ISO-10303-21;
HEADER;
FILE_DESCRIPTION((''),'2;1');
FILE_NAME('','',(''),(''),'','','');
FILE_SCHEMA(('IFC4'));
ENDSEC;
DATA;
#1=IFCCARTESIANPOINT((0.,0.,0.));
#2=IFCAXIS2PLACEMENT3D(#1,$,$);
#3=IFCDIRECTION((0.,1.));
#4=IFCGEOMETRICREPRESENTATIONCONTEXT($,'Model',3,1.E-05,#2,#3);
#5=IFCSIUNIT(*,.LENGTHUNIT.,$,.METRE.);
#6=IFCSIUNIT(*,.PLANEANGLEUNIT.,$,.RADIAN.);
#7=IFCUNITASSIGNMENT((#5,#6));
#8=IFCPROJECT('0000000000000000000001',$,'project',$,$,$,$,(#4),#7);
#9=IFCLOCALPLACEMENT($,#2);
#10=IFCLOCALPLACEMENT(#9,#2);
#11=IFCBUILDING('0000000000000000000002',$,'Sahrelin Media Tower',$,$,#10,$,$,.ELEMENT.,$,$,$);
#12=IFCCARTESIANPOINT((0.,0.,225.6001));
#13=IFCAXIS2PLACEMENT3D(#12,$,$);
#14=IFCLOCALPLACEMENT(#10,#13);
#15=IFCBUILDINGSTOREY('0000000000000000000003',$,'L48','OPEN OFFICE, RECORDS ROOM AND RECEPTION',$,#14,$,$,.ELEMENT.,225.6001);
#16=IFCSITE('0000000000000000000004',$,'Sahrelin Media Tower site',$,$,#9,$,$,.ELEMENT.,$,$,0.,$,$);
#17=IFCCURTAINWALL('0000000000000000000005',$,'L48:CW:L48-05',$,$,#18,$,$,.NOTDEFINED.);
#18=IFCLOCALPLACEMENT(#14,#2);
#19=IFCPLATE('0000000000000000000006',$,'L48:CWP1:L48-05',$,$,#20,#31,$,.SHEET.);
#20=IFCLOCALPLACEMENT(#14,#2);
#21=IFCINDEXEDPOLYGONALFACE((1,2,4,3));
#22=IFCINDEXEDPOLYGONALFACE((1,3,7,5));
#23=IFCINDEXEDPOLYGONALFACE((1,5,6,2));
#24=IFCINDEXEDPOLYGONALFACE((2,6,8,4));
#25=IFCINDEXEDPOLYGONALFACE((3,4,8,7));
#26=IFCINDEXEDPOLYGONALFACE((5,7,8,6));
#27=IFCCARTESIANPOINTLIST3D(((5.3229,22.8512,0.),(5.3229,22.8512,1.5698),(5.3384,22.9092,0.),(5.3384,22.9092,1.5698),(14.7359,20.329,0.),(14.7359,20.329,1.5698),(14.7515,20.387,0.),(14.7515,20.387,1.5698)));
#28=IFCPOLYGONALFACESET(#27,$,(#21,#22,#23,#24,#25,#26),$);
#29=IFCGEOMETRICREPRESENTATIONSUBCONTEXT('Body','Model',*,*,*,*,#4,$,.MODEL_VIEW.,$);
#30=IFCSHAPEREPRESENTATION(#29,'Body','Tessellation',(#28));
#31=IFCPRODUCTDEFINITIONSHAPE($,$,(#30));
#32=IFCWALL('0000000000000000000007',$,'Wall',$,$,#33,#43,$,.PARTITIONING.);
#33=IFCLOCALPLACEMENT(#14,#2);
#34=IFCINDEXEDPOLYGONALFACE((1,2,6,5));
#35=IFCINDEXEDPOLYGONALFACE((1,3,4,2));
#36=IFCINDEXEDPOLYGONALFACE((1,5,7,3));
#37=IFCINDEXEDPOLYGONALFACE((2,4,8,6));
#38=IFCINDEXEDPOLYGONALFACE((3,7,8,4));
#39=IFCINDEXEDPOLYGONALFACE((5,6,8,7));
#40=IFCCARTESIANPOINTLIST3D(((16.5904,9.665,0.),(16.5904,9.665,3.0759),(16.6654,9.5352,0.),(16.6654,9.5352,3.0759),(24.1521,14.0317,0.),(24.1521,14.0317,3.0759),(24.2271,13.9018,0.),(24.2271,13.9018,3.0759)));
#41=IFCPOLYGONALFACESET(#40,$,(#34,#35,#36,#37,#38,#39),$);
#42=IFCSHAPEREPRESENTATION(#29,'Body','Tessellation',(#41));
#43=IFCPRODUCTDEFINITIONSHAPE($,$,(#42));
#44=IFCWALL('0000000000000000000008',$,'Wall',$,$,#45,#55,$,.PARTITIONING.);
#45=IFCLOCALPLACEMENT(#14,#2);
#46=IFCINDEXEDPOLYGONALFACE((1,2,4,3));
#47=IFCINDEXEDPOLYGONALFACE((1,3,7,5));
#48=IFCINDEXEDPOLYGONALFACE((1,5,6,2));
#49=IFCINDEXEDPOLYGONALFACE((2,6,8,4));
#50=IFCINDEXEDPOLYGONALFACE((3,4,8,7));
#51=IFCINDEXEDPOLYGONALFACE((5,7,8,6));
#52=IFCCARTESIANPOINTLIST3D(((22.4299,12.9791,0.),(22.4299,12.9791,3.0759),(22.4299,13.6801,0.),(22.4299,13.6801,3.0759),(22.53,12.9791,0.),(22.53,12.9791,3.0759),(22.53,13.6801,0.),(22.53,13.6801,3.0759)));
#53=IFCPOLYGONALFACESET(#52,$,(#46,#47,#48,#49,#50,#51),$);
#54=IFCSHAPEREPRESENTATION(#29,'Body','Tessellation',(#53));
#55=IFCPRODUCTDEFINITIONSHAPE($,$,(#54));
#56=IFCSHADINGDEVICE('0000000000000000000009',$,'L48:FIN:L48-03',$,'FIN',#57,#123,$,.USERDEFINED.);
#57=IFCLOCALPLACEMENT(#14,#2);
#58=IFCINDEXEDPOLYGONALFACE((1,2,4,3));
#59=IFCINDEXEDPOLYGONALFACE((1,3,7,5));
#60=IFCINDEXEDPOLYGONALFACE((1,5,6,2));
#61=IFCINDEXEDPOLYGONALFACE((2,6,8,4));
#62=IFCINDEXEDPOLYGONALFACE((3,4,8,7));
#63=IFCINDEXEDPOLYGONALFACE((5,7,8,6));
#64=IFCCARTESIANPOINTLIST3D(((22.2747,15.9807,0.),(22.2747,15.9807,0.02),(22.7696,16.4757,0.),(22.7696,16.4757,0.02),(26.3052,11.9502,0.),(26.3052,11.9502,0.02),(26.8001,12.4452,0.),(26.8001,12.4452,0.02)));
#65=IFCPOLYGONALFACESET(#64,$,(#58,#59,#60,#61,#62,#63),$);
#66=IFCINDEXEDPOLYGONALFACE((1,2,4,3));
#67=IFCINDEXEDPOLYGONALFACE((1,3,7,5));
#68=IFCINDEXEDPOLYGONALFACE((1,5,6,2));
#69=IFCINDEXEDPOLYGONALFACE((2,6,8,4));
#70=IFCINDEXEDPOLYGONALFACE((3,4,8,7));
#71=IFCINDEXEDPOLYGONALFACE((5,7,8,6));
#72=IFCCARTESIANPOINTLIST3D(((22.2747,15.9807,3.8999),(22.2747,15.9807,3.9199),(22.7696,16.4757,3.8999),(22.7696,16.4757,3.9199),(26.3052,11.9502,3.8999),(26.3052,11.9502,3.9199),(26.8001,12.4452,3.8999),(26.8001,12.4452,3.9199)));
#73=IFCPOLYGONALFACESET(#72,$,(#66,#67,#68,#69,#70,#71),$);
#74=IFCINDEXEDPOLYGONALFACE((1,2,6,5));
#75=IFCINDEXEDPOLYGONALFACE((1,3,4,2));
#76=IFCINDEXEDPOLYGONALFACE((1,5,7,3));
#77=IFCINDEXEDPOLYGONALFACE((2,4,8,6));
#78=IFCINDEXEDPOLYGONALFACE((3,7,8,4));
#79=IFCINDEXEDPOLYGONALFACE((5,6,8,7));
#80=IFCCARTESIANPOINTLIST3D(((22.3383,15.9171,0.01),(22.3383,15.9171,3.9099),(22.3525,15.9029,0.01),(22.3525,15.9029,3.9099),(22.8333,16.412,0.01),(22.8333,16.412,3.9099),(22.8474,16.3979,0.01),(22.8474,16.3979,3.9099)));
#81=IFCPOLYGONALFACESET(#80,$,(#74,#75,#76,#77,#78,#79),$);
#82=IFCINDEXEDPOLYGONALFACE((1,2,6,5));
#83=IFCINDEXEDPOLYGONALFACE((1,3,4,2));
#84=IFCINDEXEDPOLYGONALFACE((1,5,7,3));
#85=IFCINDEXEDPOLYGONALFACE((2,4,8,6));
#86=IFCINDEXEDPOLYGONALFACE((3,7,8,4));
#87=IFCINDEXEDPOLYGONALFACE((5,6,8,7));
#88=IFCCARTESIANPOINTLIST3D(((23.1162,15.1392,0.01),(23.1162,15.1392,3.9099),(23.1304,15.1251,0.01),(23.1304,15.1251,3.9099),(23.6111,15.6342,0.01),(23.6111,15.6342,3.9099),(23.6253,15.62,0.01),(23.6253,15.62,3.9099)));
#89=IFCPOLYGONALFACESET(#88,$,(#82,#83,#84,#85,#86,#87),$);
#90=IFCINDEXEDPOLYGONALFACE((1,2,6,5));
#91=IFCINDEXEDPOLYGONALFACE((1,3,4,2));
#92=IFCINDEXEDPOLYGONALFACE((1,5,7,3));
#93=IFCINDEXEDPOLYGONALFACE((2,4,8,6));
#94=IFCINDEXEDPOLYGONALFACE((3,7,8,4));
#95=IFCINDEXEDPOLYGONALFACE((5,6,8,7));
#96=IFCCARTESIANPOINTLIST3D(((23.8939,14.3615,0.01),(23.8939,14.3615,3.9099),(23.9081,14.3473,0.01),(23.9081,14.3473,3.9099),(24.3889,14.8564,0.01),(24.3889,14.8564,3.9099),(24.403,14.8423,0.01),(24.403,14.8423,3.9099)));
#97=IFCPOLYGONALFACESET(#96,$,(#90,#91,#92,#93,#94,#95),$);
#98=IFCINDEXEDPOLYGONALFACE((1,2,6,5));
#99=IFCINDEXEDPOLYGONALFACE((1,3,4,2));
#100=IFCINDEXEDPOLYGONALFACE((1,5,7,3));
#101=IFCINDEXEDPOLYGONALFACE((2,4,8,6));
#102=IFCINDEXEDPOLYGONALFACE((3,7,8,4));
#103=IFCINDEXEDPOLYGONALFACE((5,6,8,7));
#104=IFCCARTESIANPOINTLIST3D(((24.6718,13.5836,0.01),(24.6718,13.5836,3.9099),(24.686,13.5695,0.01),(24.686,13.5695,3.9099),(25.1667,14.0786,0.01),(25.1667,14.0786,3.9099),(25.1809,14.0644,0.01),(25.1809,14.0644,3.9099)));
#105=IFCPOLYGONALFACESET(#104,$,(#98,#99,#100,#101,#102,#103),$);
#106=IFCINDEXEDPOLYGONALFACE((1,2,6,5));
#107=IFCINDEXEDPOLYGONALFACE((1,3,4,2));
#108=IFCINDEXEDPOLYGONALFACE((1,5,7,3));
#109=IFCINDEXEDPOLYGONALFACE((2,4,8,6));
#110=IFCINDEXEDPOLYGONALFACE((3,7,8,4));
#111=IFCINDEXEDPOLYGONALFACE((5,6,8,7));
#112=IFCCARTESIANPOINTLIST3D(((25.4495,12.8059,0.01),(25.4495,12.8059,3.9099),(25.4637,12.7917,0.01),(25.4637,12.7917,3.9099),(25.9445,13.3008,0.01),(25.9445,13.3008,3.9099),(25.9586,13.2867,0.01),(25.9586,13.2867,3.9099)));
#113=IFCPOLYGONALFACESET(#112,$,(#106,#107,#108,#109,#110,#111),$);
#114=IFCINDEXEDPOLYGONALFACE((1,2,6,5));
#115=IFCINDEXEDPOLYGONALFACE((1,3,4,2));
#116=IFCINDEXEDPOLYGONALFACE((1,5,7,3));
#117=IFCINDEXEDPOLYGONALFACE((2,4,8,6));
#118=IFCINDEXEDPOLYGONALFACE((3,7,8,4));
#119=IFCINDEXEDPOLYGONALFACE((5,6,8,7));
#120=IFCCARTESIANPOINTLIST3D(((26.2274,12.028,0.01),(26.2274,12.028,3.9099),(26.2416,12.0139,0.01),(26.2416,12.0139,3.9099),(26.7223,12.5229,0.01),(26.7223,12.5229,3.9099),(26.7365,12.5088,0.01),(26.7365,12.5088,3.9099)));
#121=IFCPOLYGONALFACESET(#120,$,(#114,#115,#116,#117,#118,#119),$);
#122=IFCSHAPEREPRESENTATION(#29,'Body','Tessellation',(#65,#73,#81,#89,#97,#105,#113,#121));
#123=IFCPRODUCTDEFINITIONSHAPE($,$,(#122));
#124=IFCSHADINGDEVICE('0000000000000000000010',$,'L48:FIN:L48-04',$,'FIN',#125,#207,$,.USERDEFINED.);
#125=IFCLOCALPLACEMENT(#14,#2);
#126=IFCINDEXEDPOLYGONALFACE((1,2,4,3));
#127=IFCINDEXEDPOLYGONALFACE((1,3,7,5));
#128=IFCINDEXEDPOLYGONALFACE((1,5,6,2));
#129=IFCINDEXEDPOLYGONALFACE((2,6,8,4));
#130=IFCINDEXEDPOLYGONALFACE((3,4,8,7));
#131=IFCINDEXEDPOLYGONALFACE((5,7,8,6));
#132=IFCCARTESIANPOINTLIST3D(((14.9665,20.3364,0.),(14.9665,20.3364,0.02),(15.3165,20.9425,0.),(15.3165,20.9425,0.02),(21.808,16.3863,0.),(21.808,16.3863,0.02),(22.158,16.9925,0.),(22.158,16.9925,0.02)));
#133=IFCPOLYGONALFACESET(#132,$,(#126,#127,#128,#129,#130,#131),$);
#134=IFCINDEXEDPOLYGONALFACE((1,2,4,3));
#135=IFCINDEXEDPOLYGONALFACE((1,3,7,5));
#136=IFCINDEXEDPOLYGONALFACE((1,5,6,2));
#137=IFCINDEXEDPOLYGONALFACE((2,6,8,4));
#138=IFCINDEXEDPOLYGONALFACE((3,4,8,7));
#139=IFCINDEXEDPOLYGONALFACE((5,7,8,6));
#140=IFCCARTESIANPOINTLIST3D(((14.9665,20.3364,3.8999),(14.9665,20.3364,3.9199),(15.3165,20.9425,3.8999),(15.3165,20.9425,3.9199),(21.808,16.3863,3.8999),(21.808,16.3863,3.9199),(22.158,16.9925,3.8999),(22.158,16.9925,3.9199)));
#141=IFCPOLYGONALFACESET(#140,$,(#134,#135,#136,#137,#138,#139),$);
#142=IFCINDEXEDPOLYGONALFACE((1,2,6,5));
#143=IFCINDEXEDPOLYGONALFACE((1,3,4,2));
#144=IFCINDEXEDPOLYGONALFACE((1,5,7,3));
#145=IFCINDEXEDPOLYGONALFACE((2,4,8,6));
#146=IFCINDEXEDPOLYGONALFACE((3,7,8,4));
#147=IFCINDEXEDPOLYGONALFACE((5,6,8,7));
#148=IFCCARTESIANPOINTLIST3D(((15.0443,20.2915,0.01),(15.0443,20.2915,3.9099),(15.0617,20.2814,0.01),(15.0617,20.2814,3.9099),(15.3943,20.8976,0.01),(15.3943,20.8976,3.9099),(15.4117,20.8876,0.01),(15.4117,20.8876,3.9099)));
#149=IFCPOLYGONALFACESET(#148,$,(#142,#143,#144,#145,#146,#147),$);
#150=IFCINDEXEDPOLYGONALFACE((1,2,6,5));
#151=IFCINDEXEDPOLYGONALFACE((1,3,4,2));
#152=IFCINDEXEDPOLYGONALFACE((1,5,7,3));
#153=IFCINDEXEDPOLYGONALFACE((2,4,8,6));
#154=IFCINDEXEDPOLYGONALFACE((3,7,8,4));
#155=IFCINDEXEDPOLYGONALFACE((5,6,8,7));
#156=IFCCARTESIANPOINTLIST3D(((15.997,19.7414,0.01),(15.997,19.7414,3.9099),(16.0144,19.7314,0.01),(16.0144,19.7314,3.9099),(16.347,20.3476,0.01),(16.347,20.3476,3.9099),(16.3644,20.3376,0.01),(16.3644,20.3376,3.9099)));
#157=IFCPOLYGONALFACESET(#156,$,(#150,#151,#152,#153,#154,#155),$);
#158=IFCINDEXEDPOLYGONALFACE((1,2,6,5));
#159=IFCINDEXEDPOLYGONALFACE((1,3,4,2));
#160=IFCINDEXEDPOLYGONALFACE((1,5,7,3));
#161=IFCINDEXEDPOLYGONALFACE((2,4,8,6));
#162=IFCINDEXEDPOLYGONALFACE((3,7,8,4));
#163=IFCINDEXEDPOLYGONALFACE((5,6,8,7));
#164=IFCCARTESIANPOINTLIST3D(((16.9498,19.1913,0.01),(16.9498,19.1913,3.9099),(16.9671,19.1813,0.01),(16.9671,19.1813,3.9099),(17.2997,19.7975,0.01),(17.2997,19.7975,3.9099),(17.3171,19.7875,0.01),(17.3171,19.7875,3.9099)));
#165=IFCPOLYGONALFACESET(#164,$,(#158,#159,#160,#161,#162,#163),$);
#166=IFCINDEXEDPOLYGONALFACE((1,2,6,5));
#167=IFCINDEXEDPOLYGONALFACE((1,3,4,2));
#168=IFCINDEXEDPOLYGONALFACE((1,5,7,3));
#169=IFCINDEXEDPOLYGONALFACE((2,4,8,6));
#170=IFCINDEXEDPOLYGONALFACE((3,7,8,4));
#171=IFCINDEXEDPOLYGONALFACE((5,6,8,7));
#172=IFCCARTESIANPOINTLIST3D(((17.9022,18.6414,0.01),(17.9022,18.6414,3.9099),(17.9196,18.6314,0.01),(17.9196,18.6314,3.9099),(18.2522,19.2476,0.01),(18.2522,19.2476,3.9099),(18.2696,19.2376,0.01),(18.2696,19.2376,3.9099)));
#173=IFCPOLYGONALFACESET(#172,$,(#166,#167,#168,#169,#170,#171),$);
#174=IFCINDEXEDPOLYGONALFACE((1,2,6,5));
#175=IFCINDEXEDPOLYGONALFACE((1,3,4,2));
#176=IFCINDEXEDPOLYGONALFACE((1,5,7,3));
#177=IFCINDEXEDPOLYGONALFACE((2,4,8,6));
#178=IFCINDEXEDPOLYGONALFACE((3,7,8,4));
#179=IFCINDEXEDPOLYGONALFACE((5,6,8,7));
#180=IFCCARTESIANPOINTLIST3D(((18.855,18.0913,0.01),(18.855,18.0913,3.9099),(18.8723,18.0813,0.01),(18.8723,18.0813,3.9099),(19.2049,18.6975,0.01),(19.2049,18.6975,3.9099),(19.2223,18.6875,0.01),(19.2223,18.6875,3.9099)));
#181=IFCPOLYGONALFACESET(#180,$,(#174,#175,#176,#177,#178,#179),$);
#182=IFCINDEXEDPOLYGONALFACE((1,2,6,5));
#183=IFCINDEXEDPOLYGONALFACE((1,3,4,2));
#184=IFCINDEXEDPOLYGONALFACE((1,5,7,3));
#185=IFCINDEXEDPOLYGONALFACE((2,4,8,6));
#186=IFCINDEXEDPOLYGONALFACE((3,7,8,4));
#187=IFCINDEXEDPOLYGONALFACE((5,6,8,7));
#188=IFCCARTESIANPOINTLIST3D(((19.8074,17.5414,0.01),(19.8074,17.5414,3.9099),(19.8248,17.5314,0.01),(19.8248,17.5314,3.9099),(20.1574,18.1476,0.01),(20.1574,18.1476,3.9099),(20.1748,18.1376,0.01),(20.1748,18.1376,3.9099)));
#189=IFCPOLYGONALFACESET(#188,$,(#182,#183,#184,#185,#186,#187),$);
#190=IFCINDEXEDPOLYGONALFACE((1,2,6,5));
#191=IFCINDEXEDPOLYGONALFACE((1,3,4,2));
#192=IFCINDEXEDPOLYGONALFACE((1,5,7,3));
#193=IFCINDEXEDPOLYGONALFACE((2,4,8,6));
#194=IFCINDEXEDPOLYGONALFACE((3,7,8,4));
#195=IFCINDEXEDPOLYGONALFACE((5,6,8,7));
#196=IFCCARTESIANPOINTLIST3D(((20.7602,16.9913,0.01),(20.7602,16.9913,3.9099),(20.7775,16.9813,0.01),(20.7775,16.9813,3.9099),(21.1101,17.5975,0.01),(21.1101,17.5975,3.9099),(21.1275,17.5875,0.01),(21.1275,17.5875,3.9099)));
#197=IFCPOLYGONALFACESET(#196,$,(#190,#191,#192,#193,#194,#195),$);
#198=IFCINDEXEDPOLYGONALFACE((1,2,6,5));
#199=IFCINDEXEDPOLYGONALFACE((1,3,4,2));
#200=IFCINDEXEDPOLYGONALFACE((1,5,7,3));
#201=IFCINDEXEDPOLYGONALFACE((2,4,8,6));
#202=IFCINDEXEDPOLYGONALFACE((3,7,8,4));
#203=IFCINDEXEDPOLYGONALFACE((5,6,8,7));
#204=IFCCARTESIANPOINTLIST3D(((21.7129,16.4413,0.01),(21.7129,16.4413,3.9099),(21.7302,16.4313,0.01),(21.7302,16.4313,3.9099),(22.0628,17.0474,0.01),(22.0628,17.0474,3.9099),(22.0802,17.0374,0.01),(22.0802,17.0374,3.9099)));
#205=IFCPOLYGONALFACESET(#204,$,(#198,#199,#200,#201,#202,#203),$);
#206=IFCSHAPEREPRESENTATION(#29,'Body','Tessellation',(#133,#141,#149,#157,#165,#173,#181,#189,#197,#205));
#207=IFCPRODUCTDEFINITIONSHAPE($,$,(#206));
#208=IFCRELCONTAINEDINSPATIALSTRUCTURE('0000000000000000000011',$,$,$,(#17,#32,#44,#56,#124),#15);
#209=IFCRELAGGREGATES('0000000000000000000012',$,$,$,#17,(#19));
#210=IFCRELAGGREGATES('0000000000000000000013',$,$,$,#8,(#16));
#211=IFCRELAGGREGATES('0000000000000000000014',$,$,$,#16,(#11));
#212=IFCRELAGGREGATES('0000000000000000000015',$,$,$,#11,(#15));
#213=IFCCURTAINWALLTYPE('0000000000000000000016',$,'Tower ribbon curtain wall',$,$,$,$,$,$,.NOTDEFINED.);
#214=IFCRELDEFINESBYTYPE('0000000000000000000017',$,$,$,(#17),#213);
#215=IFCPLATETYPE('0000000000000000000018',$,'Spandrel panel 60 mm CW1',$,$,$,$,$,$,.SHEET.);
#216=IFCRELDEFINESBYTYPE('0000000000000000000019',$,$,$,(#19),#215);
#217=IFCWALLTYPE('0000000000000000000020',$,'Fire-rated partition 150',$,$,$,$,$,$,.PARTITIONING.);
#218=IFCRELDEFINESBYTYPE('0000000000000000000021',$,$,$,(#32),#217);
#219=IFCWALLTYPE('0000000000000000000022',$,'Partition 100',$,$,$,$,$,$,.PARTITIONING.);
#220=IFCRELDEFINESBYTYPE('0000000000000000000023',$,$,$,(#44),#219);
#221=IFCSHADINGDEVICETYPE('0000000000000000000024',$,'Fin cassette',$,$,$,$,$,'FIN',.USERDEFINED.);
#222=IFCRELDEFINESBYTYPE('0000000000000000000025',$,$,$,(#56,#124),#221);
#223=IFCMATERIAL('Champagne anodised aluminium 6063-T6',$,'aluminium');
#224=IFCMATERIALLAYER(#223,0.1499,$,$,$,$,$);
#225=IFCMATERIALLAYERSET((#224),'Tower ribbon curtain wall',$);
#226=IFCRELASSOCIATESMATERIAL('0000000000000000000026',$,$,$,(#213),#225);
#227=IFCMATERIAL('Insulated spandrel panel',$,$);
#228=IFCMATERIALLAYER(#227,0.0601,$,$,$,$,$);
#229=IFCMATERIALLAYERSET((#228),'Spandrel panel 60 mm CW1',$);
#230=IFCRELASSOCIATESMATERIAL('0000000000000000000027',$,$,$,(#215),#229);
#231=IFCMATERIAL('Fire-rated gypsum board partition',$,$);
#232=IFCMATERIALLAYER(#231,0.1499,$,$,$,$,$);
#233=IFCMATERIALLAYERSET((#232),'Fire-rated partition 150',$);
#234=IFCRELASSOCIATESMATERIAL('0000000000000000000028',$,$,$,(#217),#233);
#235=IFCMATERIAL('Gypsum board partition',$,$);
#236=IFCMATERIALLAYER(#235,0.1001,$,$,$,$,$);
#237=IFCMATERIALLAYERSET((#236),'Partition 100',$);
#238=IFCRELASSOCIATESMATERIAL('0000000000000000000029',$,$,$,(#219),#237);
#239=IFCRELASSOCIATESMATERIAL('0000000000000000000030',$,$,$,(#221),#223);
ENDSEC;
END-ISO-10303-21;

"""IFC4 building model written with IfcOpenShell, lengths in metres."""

from ifc_helpers import new_model, si_unit, direction, frame, frame_2d, origin, origin_2d, place, context, subcontext, project, spatial, polyline, rectangle, outline, extrude, material, layer, layer_set, type_object, element, aggregate, save


model = new_model("IFC4")

# Units and contexts
model_context = context("Model", 3, precision=1e-05, world=origin(), true_north=direction((0.0, 1.0)))
body_context = subcontext(model_context, "Body", "Model", "MODEL_VIEW")
ifc_project = project(units=[si_unit("LENGTHUNIT", "METRE"), si_unit("PLANEANGLEUNIT", "RADIAN")], contexts=[model_context])

# Site, building, storey
site_placement = place(None, origin())
site = spatial("IfcSite", under=ifc_project, at=site_placement, Name="Sahrelin Media Tower site", CompositionType="ELEMENT", RefElevation=0.0)
building_placement = place(site_placement, origin())
building = spatial("IfcBuilding", under=site, at=building_placement, Name="Sahrelin Media Tower", CompositionType="ELEMENT")
storey_placement = place(building_placement, frame((0.0, 0.0, 225.6001)))
storey = spatial("IfcBuildingStorey", under=building, at=storey_placement, Name="L48", Description="OPEN OFFICE, RECORDS ROOM AND RECEPTION", CompositionType="ELEMENT", Elevation=225.6001)

# Shared definitions
ifc_material_1 = material(Name="Champagne anodised aluminium 6063-T6", Category="aluminium")
ifc_layer_1 = layer(ifc_material_1, 0.1499)
ifc_layer_set_1 = layer_set([ifc_layer_1], Name="Tower ribbon curtain wall")
curtain_wall_type = type_object("IfcCurtainWallType", Name="Tower ribbon curtain wall", PredefinedType="NOTDEFINED", material=ifc_layer_set_1)

# Curtain wall
curtain_wall_1_placement = place(storey_placement, frame((10.0398, 21.6289, 0.0), z_axis=(0.0, 0.0, 1.0), x_axis=(1.0, 0.0, 0.0)))
curtain_wall_1 = element("IfcCurtainWall", 1, at=curtain_wall_1_placement, inside=storey, type_object=curtain_wall_type, Name="L48:CW:L48-05", PredefinedType="NOTDEFINED")

# Plate
ifc_material_2 = material(Name="Insulated spandrel panel")
ifc_layer_2 = layer(ifc_material_2, 0.0601)
ifc_layer_set_2 = layer_set([ifc_layer_2], Name="Spandrel panel 60 mm CW1")
plate_type_1 = type_object("IfcPlateType", Name="Spandrel panel 60 mm CW1", PredefinedType="SHEET", material=ifc_layer_set_2)
plate_1_placement = place(storey_placement, frame((14.7515, 20.387, 0.0), z_axis=(0.258818, 0.965926, 0.0), x_axis=(-0.965926, 0.258818, 0.0)))
plate_1 = element("IfcPlate", 2, at=plate_1_placement, type_object=plate_type_1, Name="L48:CWP1:L48-05", PredefinedType="SHEET", context=body_context, shape_type="SweptSolid", body=[
    extrude(outline(polyline([(0.0, 0.0), (9.7451, 0.0), (9.7451, 1.5698), (0.0, 1.5698), (0.0, 0.0)])), origin(), (0.0, 0.0, -1.0), 0.0601),
])
aggregate(curtain_wall_1, [plate_1])

# Walls
ifc_material_3 = material(Name="Fire-rated gypsum board partition")
ifc_layer_3 = layer(ifc_material_3, 0.1499)
ifc_layer_set_3 = layer_set([ifc_layer_3], Name="Fire-rated partition 150")
wall_type_1 = type_object("IfcWallType", Name="Fire-rated partition 150", PredefinedType="PARTITIONING", material=ifc_layer_set_3)
wall_1_placement = place(storey_placement, frame((16.6279, 9.6001, 0.0), z_axis=(0.0, 0.0, 1.0), x_axis=(0.86598, 0.500078, 0.0)))
element("IfcWall", 3, at=wall_1_placement, inside=storey, type_object=wall_type_1, Name="Wall", PredefinedType="PARTITIONING", context=body_context, shape_type="SweptSolid", body=[
    extrude(rectangle(XDim=8.7319, YDim=0.1499, at=frame_2d((4.366, 0.0))), origin(), (0.0, 0.0, 1.0), 3.0759),
])
ifc_material_4 = material(Name="Gypsum board partition")
ifc_layer_4 = layer(ifc_material_4, 0.1001)
ifc_layer_set_4 = layer_set([ifc_layer_4], Name="Partition 100")
wall_type_2 = type_object("IfcWallType", Name="Partition 100", PredefinedType="PARTITIONING", material=ifc_layer_set_4)
wall_2_placement = place(storey_placement, frame((22.48, 12.979, 0.0), z_axis=(0.0, 0.0, 1.0), x_axis=(0.0, 1.0, 0.0)))
element("IfcWall", 4, at=wall_2_placement, inside=storey, type_object=wall_type_2, Name="Wall", PredefinedType="PARTITIONING", context=body_context, shape_type="SweptSolid", body=[
    extrude(rectangle(XDim=0.7009, YDim=0.1001, at=frame_2d((0.3506, 0.0))), origin(), (0.0, 0.0, 1.0), 3.0759),
])

# Shading devices
shading_device_type_1 = type_object("IfcShadingDeviceType", Name="Fin cassette", ElementType="FIN", PredefinedType="USERDEFINED", material=ifc_material_1)
placement_1 = place(storey_placement, frame((24.2405, 13.916, 0.0), z_axis=(0.0, 0.0, 1.0), x_axis=(0.707107, -0.707107, 0.0)))
element("IfcShadingDevice", 5, at=placement_1, inside=storey, type_object=shading_device_type_1, Name="L48:FIN:L48-03", ObjectType="FIN", PredefinedType="USERDEFINED", context=body_context, shape_type="SweptSolid", body=[
    extrude(rectangle(XDim=5.7, YDim=0.7, at=origin_2d()), frame((0.0, 0.4199, 0.0)), (0.0, 0.0, 1.0), 0.02),
    extrude(rectangle(XDim=5.7, YDim=0.7, at=origin_2d()), frame((0.0, 0.4199, 3.8999)), (0.0, 0.0, 1.0), 0.02),
    extrude(rectangle(XDim=0.02, YDim=0.7, at=origin_2d()), frame((-2.75, 0.4199, 0.01), z_axis=(0.0, 0.0, 1.0), x_axis=(1.0, 0.0, 0.0)), (0.0, 0.0, 1.0), 3.8999),
    extrude(rectangle(XDim=0.02, YDim=0.7, at=origin_2d()), frame((-1.6499, 0.4199, 0.01), z_axis=(0.0, 0.0, 1.0), x_axis=(1.0, 0.0, 0.0)), (0.0, 0.0, 1.0), 3.8999),
    extrude(rectangle(XDim=0.02, YDim=0.7, at=origin_2d()), frame((-0.55, 0.4199, 0.01), z_axis=(0.0, 0.0, 1.0), x_axis=(1.0, 0.0, 0.0)), (0.0, 0.0, 1.0), 3.8999),
    extrude(rectangle(XDim=0.02, YDim=0.7, at=origin_2d()), frame((0.55, 0.4199, 0.01), z_axis=(0.0, 0.0, 1.0), x_axis=(1.0, 0.0, 0.0)), (0.0, 0.0, 1.0), 3.8999),
    extrude(rectangle(XDim=0.02, YDim=0.7, at=origin_2d()), frame((1.6499, 0.4199, 0.01), z_axis=(0.0, 0.0, 1.0), x_axis=(1.0, 0.0, 0.0)), (0.0, 0.0, 1.0), 3.8999),
    extrude(rectangle(XDim=0.02, YDim=0.7, at=origin_2d()), frame((2.75, 0.4199, 0.01), z_axis=(0.0, 0.0, 1.0), x_axis=(1.0, 0.0, 0.0)), (0.0, 0.0, 1.0), 3.8999),
])
placement_2 = place(storey_placement, frame((18.3523, 18.3008, 0.0), z_axis=(0.0, 0.0, 1.0), x_axis=(0.866019, -0.500011, 0.0)))
element("IfcShadingDevice", 6, at=placement_2, inside=storey, type_object=shading_device_type_1, Name="L48:FIN:L48-04", ObjectType="FIN", PredefinedType="USERDEFINED", context=body_context, shape_type="SweptSolid", body=[
    extrude(rectangle(XDim=7.8999, YDim=0.7, at=origin_2d()), frame((0.0, 0.4199, 0.0)), (0.0, 0.0, 1.0), 0.02),
    extrude(rectangle(XDim=7.8999, YDim=0.7, at=origin_2d()), frame((0.0, 0.4199, 3.8999)), (0.0, 0.0, 1.0), 0.02),
    extrude(rectangle(XDim=0.02, YDim=0.7, at=origin_2d()), frame((-3.8501, 0.4199, 0.01), z_axis=(0.0, 0.0, 1.0), x_axis=(1.0, 0.0, 0.0)), (0.0, 0.0, 1.0), 3.8999),
    extrude(rectangle(XDim=0.02, YDim=0.7, at=origin_2d()), frame((-2.75, 0.4199, 0.01), z_axis=(0.0, 0.0, 1.0), x_axis=(1.0, 0.0, 0.0)), (0.0, 0.0, 1.0), 3.8999),
    extrude(rectangle(XDim=0.02, YDim=0.7, at=origin_2d()), frame((-1.6499, 0.4199, 0.01), z_axis=(0.0, 0.0, 1.0), x_axis=(1.0, 0.0, 0.0)), (0.0, 0.0, 1.0), 3.8999),
    extrude(rectangle(XDim=0.02, YDim=0.7, at=origin_2d()), frame((-0.55, 0.4199, 0.01), z_axis=(0.0, 0.0, 1.0), x_axis=(1.0, 0.0, 0.0)), (0.0, 0.0, 1.0), 3.8999),
    extrude(rectangle(XDim=0.02, YDim=0.7, at=origin_2d()), frame((0.55, 0.4199, 0.01), z_axis=(0.0, 0.0, 1.0), x_axis=(1.0, 0.0, 0.0)), (0.0, 0.0, 1.0), 3.8999),
    extrude(rectangle(XDim=0.02, YDim=0.7, at=origin_2d()), frame((1.6499, 0.4199, 0.01), z_axis=(0.0, 0.0, 1.0), x_axis=(1.0, 0.0, 0.0)), (0.0, 0.0, 1.0), 3.8999),
    extrude(rectangle(XDim=0.02, YDim=0.7, at=origin_2d()), frame((2.75, 0.4199, 0.01), z_axis=(0.0, 0.0, 1.0), x_axis=(1.0, 0.0, 0.0)), (0.0, 0.0, 1.0), 3.8999),
    extrude(rectangle(XDim=0.02, YDim=0.7, at=origin_2d()), frame((3.8501, 0.4199, 0.01), z_axis=(0.0, 0.0, 1.0), x_axis=(1.0, 0.0, 0.0)), (0.0, 0.0, 1.0), 3.8999),
])

save(model, "model.ifc")
